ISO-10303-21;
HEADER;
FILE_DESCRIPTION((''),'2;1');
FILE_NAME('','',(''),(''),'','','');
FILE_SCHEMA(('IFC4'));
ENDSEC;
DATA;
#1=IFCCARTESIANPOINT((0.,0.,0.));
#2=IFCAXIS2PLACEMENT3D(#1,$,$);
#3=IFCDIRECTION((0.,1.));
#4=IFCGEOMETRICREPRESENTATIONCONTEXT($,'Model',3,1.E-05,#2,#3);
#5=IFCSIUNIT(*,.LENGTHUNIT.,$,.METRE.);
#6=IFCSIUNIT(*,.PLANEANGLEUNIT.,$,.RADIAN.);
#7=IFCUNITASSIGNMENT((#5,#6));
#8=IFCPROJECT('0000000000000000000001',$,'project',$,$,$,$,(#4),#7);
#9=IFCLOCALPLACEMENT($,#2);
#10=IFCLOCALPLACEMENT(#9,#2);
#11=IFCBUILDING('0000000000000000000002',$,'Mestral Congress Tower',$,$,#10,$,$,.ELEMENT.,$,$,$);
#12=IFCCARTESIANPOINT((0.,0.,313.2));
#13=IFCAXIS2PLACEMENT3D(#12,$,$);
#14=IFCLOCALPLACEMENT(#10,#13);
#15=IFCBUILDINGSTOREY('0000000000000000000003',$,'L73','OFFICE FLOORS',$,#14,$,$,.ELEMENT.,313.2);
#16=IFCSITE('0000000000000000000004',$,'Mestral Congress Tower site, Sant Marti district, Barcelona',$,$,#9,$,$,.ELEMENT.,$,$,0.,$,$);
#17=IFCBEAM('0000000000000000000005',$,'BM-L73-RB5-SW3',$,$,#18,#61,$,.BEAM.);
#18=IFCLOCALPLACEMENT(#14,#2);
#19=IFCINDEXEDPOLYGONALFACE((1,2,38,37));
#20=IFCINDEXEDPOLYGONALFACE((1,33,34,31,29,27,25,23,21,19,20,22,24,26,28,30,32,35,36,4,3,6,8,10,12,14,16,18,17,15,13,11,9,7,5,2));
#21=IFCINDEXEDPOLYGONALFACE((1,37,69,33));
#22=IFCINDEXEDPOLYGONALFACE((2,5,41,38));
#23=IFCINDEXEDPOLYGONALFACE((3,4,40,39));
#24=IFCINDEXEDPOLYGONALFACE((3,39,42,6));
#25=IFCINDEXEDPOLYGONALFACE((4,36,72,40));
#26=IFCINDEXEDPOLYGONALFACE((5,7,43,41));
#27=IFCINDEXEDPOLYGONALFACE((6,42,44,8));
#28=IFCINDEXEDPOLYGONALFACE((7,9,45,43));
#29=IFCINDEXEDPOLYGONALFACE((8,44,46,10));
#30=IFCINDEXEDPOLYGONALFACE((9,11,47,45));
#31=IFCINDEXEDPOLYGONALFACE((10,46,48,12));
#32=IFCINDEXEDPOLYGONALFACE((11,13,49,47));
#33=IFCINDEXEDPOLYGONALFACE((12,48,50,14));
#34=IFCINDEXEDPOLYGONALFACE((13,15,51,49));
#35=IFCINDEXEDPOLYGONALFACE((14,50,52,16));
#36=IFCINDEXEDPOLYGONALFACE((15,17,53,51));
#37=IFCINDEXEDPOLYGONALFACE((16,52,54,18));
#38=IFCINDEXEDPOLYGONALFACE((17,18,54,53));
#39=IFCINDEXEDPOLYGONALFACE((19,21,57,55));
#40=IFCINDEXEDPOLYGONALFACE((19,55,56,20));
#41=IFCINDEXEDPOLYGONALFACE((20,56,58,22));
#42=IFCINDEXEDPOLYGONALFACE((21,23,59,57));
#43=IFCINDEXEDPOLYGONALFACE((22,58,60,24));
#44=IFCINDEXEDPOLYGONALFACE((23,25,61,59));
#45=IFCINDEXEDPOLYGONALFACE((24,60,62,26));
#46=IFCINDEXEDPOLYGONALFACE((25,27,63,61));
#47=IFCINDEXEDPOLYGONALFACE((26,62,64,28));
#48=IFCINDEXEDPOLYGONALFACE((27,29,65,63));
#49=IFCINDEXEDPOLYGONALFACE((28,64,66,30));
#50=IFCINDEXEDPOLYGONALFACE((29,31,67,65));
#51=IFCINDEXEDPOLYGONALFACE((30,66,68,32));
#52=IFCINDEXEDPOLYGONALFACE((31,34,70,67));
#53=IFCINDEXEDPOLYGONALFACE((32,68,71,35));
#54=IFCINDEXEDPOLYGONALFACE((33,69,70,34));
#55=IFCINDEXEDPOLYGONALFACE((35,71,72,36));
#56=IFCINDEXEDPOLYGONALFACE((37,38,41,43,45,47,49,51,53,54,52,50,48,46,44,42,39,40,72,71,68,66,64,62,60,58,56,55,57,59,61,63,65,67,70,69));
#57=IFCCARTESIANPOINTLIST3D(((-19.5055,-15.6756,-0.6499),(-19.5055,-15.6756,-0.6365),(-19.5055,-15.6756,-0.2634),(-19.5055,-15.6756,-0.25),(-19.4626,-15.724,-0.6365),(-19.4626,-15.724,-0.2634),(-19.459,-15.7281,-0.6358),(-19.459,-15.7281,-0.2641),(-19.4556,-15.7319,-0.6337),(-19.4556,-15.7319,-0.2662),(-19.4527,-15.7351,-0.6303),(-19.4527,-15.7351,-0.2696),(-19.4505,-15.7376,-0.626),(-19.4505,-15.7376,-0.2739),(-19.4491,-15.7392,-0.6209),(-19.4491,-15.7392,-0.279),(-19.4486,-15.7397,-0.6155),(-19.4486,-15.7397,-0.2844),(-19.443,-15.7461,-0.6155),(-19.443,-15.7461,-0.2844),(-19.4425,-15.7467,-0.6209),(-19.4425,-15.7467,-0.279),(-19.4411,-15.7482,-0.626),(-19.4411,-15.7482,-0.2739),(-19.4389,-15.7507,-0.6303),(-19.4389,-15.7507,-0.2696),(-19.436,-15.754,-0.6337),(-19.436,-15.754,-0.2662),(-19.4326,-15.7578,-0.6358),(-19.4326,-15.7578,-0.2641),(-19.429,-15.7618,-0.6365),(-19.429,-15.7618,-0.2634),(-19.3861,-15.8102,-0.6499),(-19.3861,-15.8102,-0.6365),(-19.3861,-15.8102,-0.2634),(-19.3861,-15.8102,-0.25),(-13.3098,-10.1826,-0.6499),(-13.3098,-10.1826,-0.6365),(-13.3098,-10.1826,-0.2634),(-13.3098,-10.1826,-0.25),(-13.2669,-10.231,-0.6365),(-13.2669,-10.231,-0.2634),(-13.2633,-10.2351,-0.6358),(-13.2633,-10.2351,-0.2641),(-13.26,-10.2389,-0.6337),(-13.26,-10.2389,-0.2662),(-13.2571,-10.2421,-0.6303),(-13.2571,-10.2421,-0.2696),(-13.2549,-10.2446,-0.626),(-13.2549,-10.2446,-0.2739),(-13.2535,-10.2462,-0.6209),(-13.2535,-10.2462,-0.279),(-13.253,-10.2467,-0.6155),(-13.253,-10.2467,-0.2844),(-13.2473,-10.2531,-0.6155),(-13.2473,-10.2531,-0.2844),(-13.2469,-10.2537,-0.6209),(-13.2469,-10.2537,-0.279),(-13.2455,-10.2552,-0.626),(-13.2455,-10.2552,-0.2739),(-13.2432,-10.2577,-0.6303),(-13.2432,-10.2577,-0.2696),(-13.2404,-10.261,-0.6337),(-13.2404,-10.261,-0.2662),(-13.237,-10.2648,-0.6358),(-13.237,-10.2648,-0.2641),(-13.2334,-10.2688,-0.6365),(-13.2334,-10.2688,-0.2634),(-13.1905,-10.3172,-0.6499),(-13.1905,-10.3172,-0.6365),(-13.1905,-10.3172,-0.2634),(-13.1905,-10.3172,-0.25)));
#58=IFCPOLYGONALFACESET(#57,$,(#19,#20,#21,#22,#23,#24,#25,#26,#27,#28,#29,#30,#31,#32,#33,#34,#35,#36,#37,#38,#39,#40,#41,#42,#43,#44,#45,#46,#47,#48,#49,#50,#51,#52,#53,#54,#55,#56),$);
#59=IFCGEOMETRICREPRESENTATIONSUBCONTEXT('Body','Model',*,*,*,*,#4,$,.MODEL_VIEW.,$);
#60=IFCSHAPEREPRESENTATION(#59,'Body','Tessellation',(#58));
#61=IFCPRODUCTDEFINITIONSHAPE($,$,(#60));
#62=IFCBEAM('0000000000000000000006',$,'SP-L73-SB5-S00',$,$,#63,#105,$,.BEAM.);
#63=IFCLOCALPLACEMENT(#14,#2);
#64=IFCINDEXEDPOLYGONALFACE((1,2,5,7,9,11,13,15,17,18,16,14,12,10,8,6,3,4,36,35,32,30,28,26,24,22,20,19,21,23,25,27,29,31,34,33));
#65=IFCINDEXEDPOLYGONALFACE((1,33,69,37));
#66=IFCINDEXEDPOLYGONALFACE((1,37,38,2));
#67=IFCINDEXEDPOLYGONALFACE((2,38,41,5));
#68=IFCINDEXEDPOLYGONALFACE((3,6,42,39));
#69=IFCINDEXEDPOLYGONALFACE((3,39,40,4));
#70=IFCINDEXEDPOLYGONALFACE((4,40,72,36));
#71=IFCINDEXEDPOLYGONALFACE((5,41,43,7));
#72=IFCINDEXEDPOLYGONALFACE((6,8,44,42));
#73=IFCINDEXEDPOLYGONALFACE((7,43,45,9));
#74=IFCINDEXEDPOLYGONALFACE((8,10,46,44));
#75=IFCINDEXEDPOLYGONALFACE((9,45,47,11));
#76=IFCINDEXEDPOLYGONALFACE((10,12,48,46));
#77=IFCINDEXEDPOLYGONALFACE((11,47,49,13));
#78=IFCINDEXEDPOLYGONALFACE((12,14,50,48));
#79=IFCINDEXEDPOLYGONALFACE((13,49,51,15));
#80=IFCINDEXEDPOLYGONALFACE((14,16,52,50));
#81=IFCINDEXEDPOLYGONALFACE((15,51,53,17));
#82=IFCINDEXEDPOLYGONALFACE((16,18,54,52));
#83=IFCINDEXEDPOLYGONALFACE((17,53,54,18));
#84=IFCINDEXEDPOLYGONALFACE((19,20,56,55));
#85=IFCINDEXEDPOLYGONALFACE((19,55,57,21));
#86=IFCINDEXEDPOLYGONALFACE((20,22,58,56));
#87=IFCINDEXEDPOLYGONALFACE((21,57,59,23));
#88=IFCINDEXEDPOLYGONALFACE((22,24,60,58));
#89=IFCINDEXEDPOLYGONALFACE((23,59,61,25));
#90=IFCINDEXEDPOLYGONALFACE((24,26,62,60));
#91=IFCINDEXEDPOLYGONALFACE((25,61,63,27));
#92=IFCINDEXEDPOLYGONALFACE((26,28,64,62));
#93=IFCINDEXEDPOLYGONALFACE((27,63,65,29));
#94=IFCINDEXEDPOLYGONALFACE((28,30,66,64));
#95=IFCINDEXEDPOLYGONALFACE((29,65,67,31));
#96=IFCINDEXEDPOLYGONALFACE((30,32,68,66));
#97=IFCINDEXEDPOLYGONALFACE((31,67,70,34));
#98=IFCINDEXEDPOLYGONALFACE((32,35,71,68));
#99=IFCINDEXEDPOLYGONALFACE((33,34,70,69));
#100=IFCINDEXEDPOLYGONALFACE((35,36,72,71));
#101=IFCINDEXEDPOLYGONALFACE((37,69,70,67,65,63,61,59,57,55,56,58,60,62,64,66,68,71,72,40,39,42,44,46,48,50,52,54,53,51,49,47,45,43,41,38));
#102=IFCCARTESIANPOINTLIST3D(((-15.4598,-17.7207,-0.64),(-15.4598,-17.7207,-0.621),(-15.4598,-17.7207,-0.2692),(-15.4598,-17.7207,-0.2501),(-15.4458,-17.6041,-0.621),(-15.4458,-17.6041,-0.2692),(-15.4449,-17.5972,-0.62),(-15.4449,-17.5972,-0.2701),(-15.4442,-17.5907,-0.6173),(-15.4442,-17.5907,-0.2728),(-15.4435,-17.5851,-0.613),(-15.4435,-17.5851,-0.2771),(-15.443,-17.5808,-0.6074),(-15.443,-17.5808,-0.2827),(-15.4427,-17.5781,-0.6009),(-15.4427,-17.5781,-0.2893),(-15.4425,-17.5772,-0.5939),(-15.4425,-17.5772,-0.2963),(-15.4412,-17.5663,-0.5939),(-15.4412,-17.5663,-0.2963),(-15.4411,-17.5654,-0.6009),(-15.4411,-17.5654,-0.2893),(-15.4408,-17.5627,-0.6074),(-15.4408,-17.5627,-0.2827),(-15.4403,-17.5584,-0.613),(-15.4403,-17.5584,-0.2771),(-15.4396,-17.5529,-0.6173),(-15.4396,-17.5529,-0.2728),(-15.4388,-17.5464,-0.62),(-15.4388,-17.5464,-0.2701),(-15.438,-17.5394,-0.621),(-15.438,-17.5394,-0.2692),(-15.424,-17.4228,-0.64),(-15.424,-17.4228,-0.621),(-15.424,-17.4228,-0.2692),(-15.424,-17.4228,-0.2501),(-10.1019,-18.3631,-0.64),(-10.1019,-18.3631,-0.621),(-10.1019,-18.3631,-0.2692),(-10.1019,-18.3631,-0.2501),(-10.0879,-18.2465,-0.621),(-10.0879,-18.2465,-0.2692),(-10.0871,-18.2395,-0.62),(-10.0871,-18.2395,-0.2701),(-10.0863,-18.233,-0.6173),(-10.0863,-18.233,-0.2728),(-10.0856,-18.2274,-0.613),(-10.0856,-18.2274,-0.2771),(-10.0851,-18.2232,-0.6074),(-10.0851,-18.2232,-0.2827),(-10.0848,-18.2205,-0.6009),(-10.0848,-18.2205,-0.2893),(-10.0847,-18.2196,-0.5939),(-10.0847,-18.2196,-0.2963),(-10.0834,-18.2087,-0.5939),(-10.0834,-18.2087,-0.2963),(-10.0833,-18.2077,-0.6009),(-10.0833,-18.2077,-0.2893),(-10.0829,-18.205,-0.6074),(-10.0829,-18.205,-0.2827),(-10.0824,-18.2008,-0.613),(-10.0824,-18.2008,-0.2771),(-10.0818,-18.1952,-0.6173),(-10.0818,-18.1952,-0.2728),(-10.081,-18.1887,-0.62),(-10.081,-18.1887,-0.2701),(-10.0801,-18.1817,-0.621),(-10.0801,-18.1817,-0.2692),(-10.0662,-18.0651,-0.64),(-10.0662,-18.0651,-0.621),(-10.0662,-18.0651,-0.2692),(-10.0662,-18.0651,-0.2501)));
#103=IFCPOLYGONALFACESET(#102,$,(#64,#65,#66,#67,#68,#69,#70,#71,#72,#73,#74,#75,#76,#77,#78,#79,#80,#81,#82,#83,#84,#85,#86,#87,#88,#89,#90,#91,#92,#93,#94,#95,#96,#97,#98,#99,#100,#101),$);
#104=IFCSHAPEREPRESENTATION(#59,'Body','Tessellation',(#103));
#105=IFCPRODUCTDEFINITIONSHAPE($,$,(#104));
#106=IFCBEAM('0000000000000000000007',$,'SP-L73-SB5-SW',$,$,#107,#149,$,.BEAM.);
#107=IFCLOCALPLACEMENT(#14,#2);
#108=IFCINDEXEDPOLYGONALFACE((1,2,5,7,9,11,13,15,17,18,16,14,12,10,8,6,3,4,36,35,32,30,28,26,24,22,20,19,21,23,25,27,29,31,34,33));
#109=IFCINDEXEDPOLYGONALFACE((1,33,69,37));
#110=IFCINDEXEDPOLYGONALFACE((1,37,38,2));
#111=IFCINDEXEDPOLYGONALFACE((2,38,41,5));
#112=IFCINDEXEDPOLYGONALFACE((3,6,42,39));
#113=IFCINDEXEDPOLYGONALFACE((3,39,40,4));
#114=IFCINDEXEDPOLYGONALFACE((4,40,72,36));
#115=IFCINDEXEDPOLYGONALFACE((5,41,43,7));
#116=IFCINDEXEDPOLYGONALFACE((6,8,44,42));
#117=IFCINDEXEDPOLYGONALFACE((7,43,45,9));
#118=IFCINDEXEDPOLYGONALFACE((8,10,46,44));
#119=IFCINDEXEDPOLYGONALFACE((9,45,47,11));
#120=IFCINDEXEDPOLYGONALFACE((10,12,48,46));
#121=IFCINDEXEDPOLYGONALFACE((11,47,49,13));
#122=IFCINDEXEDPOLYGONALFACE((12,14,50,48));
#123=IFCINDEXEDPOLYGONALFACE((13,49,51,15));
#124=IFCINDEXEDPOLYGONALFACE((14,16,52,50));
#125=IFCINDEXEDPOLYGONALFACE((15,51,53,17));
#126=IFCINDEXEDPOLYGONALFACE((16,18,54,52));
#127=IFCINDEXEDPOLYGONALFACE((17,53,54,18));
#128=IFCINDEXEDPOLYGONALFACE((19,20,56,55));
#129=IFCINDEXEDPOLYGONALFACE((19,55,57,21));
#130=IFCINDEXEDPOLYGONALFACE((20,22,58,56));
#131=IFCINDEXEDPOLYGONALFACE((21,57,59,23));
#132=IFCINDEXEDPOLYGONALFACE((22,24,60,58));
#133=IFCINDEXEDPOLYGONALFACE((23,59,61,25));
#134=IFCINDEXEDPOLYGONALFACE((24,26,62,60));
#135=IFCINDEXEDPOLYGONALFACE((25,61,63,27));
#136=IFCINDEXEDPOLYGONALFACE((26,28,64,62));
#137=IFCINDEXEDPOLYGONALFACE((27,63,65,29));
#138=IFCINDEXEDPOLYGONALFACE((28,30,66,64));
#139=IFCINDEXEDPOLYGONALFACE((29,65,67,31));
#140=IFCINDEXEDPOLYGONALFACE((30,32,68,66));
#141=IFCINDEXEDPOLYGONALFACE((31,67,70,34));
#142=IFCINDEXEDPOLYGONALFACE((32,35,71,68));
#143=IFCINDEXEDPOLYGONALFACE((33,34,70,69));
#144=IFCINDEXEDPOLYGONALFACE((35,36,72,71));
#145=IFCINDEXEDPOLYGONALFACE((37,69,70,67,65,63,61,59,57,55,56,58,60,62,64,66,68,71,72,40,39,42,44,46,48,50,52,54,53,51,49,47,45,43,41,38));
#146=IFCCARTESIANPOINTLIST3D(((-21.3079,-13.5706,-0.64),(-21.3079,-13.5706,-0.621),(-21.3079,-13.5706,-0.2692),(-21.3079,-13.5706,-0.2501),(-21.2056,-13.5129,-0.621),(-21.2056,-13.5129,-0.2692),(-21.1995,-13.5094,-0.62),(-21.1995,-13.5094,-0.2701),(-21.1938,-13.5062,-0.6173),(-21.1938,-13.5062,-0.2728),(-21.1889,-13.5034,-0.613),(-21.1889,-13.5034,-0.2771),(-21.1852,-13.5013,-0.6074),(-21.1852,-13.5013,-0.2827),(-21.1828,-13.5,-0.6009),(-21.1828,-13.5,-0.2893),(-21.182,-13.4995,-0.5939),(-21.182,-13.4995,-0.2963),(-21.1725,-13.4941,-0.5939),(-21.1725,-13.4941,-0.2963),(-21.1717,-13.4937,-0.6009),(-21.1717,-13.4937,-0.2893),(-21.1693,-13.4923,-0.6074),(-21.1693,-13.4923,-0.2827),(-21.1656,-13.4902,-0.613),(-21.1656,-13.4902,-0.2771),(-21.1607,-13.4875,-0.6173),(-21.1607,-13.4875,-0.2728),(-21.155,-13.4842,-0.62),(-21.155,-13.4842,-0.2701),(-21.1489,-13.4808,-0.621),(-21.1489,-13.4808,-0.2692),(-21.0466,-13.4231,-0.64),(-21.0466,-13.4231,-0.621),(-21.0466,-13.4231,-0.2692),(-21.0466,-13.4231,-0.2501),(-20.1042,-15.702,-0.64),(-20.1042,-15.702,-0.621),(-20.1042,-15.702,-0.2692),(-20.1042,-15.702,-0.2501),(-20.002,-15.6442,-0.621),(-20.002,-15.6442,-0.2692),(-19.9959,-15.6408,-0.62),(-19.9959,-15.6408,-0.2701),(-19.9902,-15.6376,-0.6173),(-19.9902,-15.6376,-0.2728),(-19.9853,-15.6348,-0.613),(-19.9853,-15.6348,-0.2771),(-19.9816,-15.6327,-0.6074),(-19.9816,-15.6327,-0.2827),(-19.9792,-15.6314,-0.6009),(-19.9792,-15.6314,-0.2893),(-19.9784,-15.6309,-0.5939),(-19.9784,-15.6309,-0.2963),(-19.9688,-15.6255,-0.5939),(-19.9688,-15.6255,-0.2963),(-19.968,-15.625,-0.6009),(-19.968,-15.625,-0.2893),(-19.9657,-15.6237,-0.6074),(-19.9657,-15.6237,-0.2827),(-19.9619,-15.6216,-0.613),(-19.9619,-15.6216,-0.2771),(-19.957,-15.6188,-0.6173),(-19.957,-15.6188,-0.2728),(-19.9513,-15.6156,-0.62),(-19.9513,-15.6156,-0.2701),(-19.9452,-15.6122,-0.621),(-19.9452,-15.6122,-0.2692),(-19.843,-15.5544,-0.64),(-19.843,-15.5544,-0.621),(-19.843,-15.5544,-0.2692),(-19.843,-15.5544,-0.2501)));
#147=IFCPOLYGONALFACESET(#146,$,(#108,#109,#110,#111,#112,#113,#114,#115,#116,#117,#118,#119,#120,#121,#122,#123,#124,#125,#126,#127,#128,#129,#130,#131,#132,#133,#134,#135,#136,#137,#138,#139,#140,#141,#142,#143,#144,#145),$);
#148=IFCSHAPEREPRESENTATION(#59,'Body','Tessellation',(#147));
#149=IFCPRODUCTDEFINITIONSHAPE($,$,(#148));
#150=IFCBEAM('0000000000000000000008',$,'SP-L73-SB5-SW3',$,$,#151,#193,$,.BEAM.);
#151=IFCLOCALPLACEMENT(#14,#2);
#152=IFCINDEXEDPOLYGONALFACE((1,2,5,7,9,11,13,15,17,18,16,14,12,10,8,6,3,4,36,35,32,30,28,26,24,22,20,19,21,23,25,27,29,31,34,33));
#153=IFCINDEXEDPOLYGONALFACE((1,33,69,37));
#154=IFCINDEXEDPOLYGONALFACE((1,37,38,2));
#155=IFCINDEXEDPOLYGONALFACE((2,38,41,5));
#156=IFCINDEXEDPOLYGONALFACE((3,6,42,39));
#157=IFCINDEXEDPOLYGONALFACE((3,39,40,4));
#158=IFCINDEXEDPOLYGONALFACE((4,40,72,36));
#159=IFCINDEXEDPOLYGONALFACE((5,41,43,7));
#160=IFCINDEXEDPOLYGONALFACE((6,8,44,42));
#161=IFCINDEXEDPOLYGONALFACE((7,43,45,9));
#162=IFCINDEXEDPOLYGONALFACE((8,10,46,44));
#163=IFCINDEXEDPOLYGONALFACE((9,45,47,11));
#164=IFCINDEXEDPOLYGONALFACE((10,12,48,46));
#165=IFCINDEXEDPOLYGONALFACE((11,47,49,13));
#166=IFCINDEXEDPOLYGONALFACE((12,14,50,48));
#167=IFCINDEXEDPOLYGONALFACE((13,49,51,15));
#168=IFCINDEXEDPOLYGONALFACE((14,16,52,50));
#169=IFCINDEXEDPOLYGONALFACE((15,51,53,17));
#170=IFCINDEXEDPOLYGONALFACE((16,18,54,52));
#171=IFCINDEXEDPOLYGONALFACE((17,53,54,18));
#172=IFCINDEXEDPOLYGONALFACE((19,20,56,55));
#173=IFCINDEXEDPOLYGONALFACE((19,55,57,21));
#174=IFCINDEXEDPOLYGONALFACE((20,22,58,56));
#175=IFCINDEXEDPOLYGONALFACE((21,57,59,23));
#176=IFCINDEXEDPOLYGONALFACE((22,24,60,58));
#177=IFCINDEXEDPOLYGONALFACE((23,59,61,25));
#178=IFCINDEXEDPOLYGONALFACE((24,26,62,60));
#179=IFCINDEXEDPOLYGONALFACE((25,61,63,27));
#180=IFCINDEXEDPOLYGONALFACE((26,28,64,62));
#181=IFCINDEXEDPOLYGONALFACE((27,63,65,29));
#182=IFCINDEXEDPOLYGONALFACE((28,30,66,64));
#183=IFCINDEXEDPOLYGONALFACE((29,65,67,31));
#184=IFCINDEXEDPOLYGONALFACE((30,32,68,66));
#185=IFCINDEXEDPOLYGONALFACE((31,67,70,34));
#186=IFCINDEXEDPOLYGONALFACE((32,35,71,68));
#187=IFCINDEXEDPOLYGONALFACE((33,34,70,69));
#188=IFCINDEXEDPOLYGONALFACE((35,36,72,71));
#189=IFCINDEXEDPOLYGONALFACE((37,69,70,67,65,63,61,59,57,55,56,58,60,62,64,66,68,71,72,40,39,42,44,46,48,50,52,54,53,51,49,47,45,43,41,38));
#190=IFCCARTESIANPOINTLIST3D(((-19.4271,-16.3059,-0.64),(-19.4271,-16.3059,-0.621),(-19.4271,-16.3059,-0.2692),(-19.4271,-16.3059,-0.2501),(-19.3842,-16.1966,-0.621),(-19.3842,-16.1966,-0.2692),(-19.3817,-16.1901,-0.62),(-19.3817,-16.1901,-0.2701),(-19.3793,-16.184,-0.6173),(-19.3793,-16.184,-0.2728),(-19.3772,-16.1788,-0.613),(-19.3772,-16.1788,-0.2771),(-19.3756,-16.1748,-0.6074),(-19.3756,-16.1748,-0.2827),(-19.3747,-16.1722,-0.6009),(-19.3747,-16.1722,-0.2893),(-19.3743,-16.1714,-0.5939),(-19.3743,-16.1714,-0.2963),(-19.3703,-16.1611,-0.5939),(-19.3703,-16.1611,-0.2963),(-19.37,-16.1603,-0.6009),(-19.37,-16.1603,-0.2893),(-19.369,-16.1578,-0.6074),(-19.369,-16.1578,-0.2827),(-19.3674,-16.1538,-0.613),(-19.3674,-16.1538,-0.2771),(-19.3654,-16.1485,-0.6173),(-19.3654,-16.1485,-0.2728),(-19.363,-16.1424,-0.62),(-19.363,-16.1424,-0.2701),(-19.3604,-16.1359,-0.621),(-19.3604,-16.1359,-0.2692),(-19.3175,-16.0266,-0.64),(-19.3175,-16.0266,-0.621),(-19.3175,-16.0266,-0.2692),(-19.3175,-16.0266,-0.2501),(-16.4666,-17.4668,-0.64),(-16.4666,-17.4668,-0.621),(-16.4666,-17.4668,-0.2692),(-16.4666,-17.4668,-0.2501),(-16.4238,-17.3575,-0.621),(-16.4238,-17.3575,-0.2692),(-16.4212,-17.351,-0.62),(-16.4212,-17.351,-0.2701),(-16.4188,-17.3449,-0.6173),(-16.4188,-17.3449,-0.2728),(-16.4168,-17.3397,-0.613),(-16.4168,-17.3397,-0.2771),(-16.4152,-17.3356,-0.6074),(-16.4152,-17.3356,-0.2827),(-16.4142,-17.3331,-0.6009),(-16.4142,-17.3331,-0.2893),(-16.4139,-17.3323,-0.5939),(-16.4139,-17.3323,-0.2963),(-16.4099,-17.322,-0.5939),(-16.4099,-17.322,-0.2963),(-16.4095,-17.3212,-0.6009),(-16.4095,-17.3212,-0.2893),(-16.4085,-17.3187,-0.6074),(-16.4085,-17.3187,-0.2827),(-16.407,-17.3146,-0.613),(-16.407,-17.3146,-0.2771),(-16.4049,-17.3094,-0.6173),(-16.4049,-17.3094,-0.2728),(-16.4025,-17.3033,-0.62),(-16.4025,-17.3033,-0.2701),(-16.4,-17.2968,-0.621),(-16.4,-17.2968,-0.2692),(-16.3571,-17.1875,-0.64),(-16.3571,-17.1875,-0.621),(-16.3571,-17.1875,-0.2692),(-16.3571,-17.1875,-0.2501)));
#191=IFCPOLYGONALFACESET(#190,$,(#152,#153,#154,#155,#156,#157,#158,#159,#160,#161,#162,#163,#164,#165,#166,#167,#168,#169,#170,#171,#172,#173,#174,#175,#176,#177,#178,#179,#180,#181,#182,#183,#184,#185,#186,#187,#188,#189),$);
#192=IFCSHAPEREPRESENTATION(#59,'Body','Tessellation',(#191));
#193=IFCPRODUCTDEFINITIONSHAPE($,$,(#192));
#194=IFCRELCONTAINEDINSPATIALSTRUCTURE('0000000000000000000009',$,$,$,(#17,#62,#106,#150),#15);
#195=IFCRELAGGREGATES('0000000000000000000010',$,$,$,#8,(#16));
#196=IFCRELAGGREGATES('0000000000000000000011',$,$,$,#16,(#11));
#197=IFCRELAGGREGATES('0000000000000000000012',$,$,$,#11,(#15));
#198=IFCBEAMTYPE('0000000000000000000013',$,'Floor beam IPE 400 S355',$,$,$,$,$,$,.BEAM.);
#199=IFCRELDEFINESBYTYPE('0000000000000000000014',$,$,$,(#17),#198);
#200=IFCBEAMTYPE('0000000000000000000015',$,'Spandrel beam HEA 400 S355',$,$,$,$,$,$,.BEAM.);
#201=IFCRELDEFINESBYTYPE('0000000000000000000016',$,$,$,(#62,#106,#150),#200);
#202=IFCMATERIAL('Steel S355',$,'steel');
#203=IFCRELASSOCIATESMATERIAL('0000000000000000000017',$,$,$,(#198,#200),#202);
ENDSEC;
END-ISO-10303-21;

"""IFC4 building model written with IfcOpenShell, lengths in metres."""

from ifc_helpers import new_model, si_unit, direction, frame, origin, origin_2d, place, context, subcontext, project, spatial, i_section, extrude, material, material_profile, profile_set, type_object, element, save


model = new_model("IFC4")

# Units and contexts
model_context = context("Model", 3, precision=1e-05, world=origin(), true_north=direction((0.0, 1.0)))
body_context = subcontext(model_context, "Body", "Model", "MODEL_VIEW")
ifc_project = project(units=[si_unit("LENGTHUNIT", "METRE"), si_unit("PLANEANGLEUNIT", "RADIAN")], contexts=[model_context])

# Site, building, storey
site_placement = place(None, origin())
site = spatial("IfcSite", under=ifc_project, at=site_placement, Name="Mestral Congress Tower site, Sant Marti district, Barcelona", CompositionType="ELEMENT", RefElevation=0.0)
building_placement = place(site_placement, origin())
building = spatial("IfcBuilding", under=site, at=building_placement, Name="Mestral Congress Tower", CompositionType="ELEMENT")
storey_placement = place(building_placement, frame((0.0, 0.0, 313.2)))
storey = spatial("IfcBuildingStorey", under=building, at=storey_placement, Name="L73", Description="OFFICE FLOORS", CompositionType="ELEMENT", Elevation=313.2)

# Beams
ifc_material_1 = material(Name="Steel S355", Category="steel")
ifc_material_profile_1 = material_profile(ifc_material_1, i_section(OverallWidth=0.1799, OverallDepth=0.3999, WebThickness=0.0085, FlangeThickness=0.0134, FilletRadius=0.021, at=origin_2d()), Name="IPE 400")
ifc_profile_set_1 = profile_set([ifc_material_profile_1], Name="Steel S355")
beam_type_1 = type_object("IfcBeamType", Name="Floor beam IPE 400 S355", PredefinedType="BEAM", material=ifc_profile_set_1)
beam_1_placement = place(storey_placement, frame((-19.4458, -15.7429, -0.45), z_axis=(0.748263, 0.663402, 0.0), x_axis=(-0.663402, 0.748263, 0.0)))
element("IfcBeam", 1, at=beam_1_placement, inside=storey, type_object=beam_type_1, Name="BM-L73-RB5-SW3", PredefinedType="BEAM", context=body_context, shape_type="SweptSolid", body=[
    extrude(i_section(OverallWidth=0.1799, OverallDepth=0.3999, WebThickness=0.0085, FlangeThickness=0.0134, FilletRadius=0.021, at=origin_2d()), origin(), (0.0, 0.0, 1.0), 8.28),
])
ifc_material_profile_2 = material_profile(ifc_material_1, i_section(OverallWidth=0.3, OverallDepth=0.3899, WebThickness=0.011, FlangeThickness=0.019, FilletRadius=0.0271, at=origin_2d()), Name="HEA 400")
ifc_profile_set_2 = profile_set([ifc_material_profile_2], Name="Steel S355")
beam_type_2 = type_object("IfcBeamType", Name="Spandrel beam HEA 400 S355", PredefinedType="BEAM", material=ifc_profile_set_2)
beam_2_placement = place(storey_placement, frame((-15.4419, -17.5718, -0.4451), z_axis=(0.99289, -0.119033, 0.0), x_axis=(0.119033, 0.99289, 0.0)))
element("IfcBeam", 2, at=beam_2_placement, inside=storey, type_object=beam_type_2, Name="SP-L73-SB5-S00", PredefinedType="BEAM", context=body_context, shape_type="SweptSolid", body=[
    extrude(i_section(OverallWidth=0.3, OverallDepth=0.3899, WebThickness=0.011, FlangeThickness=0.019, FilletRadius=0.0271, at=origin_2d()), origin(), (0.0, 0.0, 1.0), 5.3962),
])
beam_3_placement = place(storey_placement, frame((-21.1772, -13.4968, -0.4451), z_axis=(0.491729, -0.870749, 0.0), x_axis=(0.870749, 0.491729, 0.0)))
element("IfcBeam", 3, at=beam_3_placement, inside=storey, type_object=beam_type_2, Name="SP-L73-SB5-SW", PredefinedType="BEAM", context=body_context, shape_type="SweptSolid", body=[
    extrude(i_section(OverallWidth=0.3, OverallDepth=0.3899, WebThickness=0.011, FlangeThickness=0.019, FilletRadius=0.0271, at=origin_2d()), origin(), (0.0, 0.0, 1.0), 2.4478),
])
beam_4_placement = place(storey_placement, frame((-19.3723, -16.1663, -0.4451), z_axis=(0.930981, -0.365068, 0.0), x_axis=(0.365068, 0.930981, 0.0)))
element("IfcBeam", 4, at=beam_4_placement, inside=storey, type_object=beam_type_2, Name="SP-L73-SB5-SW3", PredefinedType="BEAM", context=body_context, shape_type="SweptSolid", body=[
    extrude(i_section(OverallWidth=0.3, OverallDepth=0.3899, WebThickness=0.011, FlangeThickness=0.019, FilletRadius=0.0271, at=origin_2d()), origin(), (0.0, 0.0, 1.0), 3.1799),
])

save(model, "model.ifc")
